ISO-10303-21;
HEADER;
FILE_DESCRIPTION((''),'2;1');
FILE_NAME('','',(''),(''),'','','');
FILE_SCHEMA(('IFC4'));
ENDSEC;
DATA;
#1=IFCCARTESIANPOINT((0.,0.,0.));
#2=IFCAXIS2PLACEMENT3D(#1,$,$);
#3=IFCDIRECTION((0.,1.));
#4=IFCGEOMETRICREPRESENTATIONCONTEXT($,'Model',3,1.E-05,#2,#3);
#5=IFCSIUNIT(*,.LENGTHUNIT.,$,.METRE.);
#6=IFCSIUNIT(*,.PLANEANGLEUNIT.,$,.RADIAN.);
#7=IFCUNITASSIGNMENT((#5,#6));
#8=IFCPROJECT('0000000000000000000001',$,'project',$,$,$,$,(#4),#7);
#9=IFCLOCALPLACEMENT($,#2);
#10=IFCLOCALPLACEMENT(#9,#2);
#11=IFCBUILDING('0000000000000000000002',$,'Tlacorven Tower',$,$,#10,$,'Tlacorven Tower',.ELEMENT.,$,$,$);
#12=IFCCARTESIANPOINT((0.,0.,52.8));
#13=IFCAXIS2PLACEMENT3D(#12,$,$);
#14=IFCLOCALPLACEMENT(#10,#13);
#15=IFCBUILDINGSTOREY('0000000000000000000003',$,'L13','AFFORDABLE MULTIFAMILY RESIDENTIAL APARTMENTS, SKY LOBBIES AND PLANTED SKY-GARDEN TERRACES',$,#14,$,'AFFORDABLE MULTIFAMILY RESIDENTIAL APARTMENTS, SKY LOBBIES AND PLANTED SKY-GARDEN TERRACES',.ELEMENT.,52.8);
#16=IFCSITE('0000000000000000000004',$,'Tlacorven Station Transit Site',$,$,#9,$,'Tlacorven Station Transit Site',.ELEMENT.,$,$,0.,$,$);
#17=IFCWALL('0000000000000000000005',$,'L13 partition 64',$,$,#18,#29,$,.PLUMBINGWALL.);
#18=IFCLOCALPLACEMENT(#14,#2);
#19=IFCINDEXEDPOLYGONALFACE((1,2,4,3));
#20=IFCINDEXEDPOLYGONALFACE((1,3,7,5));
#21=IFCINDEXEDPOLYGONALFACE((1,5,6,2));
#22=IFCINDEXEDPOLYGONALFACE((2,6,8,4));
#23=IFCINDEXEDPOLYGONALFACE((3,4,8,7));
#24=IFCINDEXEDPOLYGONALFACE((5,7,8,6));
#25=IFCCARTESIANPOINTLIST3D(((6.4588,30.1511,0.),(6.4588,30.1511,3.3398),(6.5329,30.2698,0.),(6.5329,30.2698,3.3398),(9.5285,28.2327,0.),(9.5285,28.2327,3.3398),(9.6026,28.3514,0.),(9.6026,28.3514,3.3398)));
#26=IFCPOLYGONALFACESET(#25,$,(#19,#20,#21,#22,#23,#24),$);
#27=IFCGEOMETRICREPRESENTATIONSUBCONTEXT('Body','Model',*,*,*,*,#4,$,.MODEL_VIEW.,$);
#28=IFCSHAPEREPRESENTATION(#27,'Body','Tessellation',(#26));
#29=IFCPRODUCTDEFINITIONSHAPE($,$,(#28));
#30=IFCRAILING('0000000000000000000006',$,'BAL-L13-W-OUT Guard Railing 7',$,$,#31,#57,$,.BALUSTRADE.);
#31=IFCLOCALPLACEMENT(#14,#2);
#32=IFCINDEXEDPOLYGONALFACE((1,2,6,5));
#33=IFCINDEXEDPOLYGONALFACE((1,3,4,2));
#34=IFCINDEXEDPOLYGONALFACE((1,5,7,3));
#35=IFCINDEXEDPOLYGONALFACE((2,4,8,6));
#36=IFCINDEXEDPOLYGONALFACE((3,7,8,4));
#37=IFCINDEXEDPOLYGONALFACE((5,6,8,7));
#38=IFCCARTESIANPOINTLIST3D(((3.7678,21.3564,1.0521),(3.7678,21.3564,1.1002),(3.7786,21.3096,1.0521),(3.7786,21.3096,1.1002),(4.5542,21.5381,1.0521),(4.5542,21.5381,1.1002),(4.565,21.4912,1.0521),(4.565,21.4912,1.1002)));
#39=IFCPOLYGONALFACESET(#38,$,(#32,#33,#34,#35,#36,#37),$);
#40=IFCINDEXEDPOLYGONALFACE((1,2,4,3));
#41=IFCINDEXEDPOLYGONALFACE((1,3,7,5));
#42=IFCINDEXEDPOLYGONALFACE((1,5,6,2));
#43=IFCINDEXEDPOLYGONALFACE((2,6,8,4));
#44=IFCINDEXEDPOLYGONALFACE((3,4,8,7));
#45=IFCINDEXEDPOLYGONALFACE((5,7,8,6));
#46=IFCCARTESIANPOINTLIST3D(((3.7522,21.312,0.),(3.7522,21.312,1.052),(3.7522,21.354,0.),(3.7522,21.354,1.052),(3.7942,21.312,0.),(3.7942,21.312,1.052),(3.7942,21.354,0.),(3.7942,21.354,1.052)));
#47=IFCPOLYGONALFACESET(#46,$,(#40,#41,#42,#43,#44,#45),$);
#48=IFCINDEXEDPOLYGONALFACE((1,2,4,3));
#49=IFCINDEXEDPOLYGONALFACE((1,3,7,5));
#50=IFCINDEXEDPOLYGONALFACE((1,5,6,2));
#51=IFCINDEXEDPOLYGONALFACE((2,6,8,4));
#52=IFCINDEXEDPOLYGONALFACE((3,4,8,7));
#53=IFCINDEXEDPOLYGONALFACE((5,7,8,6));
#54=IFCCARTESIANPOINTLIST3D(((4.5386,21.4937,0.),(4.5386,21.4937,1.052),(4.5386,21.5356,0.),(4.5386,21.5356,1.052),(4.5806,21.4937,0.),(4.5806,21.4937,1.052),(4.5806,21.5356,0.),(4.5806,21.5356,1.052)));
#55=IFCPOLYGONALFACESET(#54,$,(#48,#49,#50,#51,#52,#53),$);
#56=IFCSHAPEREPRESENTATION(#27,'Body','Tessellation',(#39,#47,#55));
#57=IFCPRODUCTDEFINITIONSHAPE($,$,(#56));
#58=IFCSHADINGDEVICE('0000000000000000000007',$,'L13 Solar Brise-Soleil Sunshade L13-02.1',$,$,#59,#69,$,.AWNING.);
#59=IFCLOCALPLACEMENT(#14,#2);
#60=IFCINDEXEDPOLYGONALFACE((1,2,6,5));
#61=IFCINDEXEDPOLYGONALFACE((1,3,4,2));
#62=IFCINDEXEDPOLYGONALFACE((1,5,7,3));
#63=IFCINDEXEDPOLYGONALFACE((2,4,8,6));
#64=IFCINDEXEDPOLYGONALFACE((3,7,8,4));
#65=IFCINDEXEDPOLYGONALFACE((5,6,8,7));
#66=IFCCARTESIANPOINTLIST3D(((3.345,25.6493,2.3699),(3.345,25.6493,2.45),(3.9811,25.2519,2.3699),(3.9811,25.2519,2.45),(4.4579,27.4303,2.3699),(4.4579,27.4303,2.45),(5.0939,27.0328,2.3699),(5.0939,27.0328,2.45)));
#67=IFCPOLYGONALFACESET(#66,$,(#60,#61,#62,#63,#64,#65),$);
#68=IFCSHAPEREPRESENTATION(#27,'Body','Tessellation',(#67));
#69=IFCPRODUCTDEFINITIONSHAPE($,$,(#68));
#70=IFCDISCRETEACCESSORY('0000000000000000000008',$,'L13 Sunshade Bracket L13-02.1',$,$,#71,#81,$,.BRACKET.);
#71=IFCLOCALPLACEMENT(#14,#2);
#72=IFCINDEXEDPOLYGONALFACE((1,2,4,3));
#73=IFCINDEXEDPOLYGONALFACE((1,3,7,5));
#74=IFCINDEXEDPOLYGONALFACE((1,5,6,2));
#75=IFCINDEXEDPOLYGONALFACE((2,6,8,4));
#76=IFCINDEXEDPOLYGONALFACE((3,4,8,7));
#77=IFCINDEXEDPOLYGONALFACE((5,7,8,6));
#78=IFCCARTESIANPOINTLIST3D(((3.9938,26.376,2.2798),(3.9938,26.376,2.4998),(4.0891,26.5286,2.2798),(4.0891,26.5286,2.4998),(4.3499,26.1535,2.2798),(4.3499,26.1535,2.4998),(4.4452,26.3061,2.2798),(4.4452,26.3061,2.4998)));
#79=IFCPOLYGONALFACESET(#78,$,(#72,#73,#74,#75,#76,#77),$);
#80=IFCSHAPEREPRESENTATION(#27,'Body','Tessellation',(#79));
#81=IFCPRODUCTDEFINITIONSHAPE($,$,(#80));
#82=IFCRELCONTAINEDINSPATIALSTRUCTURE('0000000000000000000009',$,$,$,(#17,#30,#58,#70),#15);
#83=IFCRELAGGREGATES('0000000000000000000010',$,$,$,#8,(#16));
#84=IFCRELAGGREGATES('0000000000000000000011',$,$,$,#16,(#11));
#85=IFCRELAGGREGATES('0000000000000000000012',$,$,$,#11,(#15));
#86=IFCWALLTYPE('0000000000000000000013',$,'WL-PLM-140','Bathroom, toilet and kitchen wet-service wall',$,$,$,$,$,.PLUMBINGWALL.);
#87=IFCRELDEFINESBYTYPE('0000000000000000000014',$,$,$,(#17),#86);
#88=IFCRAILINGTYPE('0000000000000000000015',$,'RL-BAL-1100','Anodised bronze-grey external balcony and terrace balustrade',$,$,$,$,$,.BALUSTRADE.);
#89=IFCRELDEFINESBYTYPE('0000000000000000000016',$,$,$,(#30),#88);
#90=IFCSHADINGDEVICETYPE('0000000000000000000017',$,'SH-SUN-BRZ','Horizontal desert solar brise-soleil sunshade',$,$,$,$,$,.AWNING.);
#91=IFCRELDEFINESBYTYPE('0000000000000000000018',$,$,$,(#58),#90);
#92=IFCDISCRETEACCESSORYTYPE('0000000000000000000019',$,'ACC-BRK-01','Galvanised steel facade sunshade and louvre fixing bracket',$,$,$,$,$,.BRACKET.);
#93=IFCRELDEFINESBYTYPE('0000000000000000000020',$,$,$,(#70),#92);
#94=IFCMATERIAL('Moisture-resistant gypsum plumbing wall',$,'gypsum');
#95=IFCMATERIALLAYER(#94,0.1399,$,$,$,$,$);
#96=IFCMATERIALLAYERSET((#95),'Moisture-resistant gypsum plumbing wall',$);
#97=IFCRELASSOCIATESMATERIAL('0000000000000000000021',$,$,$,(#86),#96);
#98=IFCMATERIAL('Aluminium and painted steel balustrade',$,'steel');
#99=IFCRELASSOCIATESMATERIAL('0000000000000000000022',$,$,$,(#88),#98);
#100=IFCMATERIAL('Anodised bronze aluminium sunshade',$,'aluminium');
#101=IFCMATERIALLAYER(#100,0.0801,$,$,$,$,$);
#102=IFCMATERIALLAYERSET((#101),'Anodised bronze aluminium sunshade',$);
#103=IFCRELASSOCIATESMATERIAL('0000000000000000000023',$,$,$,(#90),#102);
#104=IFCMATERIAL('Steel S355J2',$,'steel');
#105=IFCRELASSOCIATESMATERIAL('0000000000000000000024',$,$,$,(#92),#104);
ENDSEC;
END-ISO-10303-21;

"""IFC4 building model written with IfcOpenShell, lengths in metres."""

from ifc_helpers import new_model, si_unit, direction, frame, frame_2d, origin, origin_2d, place, context, subcontext, project, spatial, rectangle, extrude, source, transform, mapped, material, layer, layer_set, type_object, element, save


model = new_model("IFC4")

# Units and contexts
model_context = context("Model", 3, precision=1e-05, world=origin(), true_north=direction((0.0, 1.0)))
body_context = subcontext(model_context, "Body", "Model", "MODEL_VIEW")
ifc_project = project(units=[si_unit("LENGTHUNIT", "METRE"), si_unit("PLANEANGLEUNIT", "RADIAN")], contexts=[model_context])

# Site, building, storey
site_placement = place(None, origin())
site = spatial("IfcSite", under=ifc_project, at=site_placement, Name="Tlacorven Station Transit Site", LongName="Tlacorven Station Transit Site", CompositionType="ELEMENT", RefElevation=0.0)
building_placement = place(site_placement, origin())
building = spatial("IfcBuilding", under=site, at=building_placement, Name="Tlacorven Tower", LongName="Tlacorven Tower", CompositionType="ELEMENT")
storey_placement = place(building_placement, frame((0.0, 0.0, 52.8)))
storey = spatial("IfcBuildingStorey", under=building, at=storey_placement, Name="L13", Description="AFFORDABLE MULTIFAMILY RESIDENTIAL APARTMENTS, SKY LOBBIES AND PLANTED SKY-GARDEN TERRACES", LongName="AFFORDABLE MULTIFAMILY RESIDENTIAL APARTMENTS, SKY LOBBIES AND PLANTED SKY-GARDEN TERRACES", CompositionType="ELEMENT", Elevation=52.8)

# Shared definitions
ifc_material_1 = material(Name="Steel S355J2", Category="steel")

# Shared definitions
ifc_material_2 = material(Name="Moisture-resistant gypsum plumbing wall", Category="gypsum")
ifc_layer_1 = layer(ifc_material_2, 0.1399)
ifc_layer_set_1 = layer_set([ifc_layer_1], Name="Moisture-resistant gypsum plumbing wall")
wall_type_1 = type_object("IfcWallType", Name="WL-PLM-140", Description="Bathroom, toilet and kitchen wet-service wall", PredefinedType="PLUMBINGWALL", material=ifc_layer_set_1)

# Wall
wall_1_placement = place(storey_placement, frame((9.5657, 28.292, 0.0), z_axis=(0.0, 0.0, 1.0), x_axis=(-0.848021, 0.529963, 0.0)))
element("IfcWall", 1, at=wall_1_placement, inside=storey, type_object=wall_type_1, Name="L13 partition 64", PredefinedType="PLUMBINGWALL", context=body_context, shape_type="SweptSolid", body=[
    extrude(rectangle(XDim=3.6199, YDim=0.1399, at=frame_2d((1.8101, 0.0))), origin(), (0.0, 0.0, 1.0), 3.3398),
])

# Railing
ifc_material_3 = material(Name="Aluminium and painted steel balustrade", Category="steel")
railing_type = type_object("IfcRailingType", Name="RL-BAL-1100", Description="Anodised bronze-grey external balcony and terrace balustrade", PredefinedType="BALUSTRADE", material=ifc_material_3)
shared_shape_1 = source(origin(), body_context, "Body", "SweptSolid", [
    extrude(rectangle(XDim=0.0481, YDim=0.0481, at=origin_2d()), frame((0.0, 0.0, 1.0762), z_axis=(0.974345, 0.225058, 0.0), x_axis=(-0.225058, 0.974345, 0.0)), (0.0, 0.0, 1.0), 0.8071),
    extrude(rectangle(XDim=0.042, YDim=0.042, at=origin_2d()), origin(), (0.0, 0.0, 1.0), 1.052),
    extrude(rectangle(XDim=0.042, YDim=0.042, at=origin_2d()), frame((0.7864, 0.1816, 0.0)), (0.0, 0.0, 1.0), 1.052),
])
railing_placement = place(storey_placement, frame((3.7732, 21.333, 0.0)))
element("IfcRailing", 2, at=railing_placement, inside=storey, type_object=railing_type, Name="BAL-L13-W-OUT Guard Railing 7", PredefinedType="BALUSTRADE", context=body_context, shape_type="MappedRepresentation", body=[
    mapped(shared_shape_1, transform((0.0, 0.0, 0.0), scale=1.0)),
])

# Shading device
ifc_material_4 = material(Name="Anodised bronze aluminium sunshade", Category="aluminium")
ifc_layer_2 = layer(ifc_material_4, 0.0801)
ifc_layer_set_2 = layer_set([ifc_layer_2], Name="Anodised bronze aluminium sunshade")
shading_device_type = type_object("IfcShadingDeviceType", Name="SH-SUN-BRZ", Description="Horizontal desert solar brise-soleil sunshade", PredefinedType="AWNING", material=ifc_layer_set_2)
shared_shape_2 = source(origin(), body_context, "Body", "SweptSolid", [
    extrude(rectangle(XDim=2.1001, YDim=0.75, at=origin_2d()), origin(), (0.0, 0.0, 1.0), 0.0801),
])
shading_device_placement = place(storey_placement, frame((4.2195, 26.3411, 2.3699), z_axis=(0.0, 0.0, 1.0), x_axis=(0.529919, 0.848048, 0.0)))
element("IfcShadingDevice", 3, at=shading_device_placement, inside=storey, type_object=shading_device_type, Name="L13 Solar Brise-Soleil Sunshade L13-02.1", PredefinedType="AWNING", context=body_context, shape_type="MappedRepresentation", body=[
    mapped(shared_shape_2, transform((0.0, 0.0, 0.0), scale=1.0)),
])

# Discrete accessory
discrete_accessory_type = type_object("IfcDiscreteAccessoryType", Name="ACC-BRK-01", Description="Galvanised steel facade sunshade and louvre fixing bracket", PredefinedType="BRACKET", material=ifc_material_1)
shared_shape_3 = source(origin(), body_context, "Body", "SweptSolid", [
    extrude(rectangle(XDim=0.1799, YDim=0.4199, at=origin_2d()), origin(), (0.0, 0.0, 1.0), 0.22),
])
discrete_accessory_placement = place(storey_placement, frame((4.2195, 26.3411, 2.2798), z_axis=(0.0, 0.0, 1.0), x_axis=(0.529919, 0.848048, 0.0)))
element("IfcDiscreteAccessory", 4, at=discrete_accessory_placement, inside=storey, type_object=discrete_accessory_type, Name="L13 Sunshade Bracket L13-02.1", PredefinedType="BRACKET", context=body_context, shape_type="MappedRepresentation", body=[
    mapped(shared_shape_3, transform((0.0, 0.0, 0.0), scale=1.0)),
])

save(model, "model.ifc")
